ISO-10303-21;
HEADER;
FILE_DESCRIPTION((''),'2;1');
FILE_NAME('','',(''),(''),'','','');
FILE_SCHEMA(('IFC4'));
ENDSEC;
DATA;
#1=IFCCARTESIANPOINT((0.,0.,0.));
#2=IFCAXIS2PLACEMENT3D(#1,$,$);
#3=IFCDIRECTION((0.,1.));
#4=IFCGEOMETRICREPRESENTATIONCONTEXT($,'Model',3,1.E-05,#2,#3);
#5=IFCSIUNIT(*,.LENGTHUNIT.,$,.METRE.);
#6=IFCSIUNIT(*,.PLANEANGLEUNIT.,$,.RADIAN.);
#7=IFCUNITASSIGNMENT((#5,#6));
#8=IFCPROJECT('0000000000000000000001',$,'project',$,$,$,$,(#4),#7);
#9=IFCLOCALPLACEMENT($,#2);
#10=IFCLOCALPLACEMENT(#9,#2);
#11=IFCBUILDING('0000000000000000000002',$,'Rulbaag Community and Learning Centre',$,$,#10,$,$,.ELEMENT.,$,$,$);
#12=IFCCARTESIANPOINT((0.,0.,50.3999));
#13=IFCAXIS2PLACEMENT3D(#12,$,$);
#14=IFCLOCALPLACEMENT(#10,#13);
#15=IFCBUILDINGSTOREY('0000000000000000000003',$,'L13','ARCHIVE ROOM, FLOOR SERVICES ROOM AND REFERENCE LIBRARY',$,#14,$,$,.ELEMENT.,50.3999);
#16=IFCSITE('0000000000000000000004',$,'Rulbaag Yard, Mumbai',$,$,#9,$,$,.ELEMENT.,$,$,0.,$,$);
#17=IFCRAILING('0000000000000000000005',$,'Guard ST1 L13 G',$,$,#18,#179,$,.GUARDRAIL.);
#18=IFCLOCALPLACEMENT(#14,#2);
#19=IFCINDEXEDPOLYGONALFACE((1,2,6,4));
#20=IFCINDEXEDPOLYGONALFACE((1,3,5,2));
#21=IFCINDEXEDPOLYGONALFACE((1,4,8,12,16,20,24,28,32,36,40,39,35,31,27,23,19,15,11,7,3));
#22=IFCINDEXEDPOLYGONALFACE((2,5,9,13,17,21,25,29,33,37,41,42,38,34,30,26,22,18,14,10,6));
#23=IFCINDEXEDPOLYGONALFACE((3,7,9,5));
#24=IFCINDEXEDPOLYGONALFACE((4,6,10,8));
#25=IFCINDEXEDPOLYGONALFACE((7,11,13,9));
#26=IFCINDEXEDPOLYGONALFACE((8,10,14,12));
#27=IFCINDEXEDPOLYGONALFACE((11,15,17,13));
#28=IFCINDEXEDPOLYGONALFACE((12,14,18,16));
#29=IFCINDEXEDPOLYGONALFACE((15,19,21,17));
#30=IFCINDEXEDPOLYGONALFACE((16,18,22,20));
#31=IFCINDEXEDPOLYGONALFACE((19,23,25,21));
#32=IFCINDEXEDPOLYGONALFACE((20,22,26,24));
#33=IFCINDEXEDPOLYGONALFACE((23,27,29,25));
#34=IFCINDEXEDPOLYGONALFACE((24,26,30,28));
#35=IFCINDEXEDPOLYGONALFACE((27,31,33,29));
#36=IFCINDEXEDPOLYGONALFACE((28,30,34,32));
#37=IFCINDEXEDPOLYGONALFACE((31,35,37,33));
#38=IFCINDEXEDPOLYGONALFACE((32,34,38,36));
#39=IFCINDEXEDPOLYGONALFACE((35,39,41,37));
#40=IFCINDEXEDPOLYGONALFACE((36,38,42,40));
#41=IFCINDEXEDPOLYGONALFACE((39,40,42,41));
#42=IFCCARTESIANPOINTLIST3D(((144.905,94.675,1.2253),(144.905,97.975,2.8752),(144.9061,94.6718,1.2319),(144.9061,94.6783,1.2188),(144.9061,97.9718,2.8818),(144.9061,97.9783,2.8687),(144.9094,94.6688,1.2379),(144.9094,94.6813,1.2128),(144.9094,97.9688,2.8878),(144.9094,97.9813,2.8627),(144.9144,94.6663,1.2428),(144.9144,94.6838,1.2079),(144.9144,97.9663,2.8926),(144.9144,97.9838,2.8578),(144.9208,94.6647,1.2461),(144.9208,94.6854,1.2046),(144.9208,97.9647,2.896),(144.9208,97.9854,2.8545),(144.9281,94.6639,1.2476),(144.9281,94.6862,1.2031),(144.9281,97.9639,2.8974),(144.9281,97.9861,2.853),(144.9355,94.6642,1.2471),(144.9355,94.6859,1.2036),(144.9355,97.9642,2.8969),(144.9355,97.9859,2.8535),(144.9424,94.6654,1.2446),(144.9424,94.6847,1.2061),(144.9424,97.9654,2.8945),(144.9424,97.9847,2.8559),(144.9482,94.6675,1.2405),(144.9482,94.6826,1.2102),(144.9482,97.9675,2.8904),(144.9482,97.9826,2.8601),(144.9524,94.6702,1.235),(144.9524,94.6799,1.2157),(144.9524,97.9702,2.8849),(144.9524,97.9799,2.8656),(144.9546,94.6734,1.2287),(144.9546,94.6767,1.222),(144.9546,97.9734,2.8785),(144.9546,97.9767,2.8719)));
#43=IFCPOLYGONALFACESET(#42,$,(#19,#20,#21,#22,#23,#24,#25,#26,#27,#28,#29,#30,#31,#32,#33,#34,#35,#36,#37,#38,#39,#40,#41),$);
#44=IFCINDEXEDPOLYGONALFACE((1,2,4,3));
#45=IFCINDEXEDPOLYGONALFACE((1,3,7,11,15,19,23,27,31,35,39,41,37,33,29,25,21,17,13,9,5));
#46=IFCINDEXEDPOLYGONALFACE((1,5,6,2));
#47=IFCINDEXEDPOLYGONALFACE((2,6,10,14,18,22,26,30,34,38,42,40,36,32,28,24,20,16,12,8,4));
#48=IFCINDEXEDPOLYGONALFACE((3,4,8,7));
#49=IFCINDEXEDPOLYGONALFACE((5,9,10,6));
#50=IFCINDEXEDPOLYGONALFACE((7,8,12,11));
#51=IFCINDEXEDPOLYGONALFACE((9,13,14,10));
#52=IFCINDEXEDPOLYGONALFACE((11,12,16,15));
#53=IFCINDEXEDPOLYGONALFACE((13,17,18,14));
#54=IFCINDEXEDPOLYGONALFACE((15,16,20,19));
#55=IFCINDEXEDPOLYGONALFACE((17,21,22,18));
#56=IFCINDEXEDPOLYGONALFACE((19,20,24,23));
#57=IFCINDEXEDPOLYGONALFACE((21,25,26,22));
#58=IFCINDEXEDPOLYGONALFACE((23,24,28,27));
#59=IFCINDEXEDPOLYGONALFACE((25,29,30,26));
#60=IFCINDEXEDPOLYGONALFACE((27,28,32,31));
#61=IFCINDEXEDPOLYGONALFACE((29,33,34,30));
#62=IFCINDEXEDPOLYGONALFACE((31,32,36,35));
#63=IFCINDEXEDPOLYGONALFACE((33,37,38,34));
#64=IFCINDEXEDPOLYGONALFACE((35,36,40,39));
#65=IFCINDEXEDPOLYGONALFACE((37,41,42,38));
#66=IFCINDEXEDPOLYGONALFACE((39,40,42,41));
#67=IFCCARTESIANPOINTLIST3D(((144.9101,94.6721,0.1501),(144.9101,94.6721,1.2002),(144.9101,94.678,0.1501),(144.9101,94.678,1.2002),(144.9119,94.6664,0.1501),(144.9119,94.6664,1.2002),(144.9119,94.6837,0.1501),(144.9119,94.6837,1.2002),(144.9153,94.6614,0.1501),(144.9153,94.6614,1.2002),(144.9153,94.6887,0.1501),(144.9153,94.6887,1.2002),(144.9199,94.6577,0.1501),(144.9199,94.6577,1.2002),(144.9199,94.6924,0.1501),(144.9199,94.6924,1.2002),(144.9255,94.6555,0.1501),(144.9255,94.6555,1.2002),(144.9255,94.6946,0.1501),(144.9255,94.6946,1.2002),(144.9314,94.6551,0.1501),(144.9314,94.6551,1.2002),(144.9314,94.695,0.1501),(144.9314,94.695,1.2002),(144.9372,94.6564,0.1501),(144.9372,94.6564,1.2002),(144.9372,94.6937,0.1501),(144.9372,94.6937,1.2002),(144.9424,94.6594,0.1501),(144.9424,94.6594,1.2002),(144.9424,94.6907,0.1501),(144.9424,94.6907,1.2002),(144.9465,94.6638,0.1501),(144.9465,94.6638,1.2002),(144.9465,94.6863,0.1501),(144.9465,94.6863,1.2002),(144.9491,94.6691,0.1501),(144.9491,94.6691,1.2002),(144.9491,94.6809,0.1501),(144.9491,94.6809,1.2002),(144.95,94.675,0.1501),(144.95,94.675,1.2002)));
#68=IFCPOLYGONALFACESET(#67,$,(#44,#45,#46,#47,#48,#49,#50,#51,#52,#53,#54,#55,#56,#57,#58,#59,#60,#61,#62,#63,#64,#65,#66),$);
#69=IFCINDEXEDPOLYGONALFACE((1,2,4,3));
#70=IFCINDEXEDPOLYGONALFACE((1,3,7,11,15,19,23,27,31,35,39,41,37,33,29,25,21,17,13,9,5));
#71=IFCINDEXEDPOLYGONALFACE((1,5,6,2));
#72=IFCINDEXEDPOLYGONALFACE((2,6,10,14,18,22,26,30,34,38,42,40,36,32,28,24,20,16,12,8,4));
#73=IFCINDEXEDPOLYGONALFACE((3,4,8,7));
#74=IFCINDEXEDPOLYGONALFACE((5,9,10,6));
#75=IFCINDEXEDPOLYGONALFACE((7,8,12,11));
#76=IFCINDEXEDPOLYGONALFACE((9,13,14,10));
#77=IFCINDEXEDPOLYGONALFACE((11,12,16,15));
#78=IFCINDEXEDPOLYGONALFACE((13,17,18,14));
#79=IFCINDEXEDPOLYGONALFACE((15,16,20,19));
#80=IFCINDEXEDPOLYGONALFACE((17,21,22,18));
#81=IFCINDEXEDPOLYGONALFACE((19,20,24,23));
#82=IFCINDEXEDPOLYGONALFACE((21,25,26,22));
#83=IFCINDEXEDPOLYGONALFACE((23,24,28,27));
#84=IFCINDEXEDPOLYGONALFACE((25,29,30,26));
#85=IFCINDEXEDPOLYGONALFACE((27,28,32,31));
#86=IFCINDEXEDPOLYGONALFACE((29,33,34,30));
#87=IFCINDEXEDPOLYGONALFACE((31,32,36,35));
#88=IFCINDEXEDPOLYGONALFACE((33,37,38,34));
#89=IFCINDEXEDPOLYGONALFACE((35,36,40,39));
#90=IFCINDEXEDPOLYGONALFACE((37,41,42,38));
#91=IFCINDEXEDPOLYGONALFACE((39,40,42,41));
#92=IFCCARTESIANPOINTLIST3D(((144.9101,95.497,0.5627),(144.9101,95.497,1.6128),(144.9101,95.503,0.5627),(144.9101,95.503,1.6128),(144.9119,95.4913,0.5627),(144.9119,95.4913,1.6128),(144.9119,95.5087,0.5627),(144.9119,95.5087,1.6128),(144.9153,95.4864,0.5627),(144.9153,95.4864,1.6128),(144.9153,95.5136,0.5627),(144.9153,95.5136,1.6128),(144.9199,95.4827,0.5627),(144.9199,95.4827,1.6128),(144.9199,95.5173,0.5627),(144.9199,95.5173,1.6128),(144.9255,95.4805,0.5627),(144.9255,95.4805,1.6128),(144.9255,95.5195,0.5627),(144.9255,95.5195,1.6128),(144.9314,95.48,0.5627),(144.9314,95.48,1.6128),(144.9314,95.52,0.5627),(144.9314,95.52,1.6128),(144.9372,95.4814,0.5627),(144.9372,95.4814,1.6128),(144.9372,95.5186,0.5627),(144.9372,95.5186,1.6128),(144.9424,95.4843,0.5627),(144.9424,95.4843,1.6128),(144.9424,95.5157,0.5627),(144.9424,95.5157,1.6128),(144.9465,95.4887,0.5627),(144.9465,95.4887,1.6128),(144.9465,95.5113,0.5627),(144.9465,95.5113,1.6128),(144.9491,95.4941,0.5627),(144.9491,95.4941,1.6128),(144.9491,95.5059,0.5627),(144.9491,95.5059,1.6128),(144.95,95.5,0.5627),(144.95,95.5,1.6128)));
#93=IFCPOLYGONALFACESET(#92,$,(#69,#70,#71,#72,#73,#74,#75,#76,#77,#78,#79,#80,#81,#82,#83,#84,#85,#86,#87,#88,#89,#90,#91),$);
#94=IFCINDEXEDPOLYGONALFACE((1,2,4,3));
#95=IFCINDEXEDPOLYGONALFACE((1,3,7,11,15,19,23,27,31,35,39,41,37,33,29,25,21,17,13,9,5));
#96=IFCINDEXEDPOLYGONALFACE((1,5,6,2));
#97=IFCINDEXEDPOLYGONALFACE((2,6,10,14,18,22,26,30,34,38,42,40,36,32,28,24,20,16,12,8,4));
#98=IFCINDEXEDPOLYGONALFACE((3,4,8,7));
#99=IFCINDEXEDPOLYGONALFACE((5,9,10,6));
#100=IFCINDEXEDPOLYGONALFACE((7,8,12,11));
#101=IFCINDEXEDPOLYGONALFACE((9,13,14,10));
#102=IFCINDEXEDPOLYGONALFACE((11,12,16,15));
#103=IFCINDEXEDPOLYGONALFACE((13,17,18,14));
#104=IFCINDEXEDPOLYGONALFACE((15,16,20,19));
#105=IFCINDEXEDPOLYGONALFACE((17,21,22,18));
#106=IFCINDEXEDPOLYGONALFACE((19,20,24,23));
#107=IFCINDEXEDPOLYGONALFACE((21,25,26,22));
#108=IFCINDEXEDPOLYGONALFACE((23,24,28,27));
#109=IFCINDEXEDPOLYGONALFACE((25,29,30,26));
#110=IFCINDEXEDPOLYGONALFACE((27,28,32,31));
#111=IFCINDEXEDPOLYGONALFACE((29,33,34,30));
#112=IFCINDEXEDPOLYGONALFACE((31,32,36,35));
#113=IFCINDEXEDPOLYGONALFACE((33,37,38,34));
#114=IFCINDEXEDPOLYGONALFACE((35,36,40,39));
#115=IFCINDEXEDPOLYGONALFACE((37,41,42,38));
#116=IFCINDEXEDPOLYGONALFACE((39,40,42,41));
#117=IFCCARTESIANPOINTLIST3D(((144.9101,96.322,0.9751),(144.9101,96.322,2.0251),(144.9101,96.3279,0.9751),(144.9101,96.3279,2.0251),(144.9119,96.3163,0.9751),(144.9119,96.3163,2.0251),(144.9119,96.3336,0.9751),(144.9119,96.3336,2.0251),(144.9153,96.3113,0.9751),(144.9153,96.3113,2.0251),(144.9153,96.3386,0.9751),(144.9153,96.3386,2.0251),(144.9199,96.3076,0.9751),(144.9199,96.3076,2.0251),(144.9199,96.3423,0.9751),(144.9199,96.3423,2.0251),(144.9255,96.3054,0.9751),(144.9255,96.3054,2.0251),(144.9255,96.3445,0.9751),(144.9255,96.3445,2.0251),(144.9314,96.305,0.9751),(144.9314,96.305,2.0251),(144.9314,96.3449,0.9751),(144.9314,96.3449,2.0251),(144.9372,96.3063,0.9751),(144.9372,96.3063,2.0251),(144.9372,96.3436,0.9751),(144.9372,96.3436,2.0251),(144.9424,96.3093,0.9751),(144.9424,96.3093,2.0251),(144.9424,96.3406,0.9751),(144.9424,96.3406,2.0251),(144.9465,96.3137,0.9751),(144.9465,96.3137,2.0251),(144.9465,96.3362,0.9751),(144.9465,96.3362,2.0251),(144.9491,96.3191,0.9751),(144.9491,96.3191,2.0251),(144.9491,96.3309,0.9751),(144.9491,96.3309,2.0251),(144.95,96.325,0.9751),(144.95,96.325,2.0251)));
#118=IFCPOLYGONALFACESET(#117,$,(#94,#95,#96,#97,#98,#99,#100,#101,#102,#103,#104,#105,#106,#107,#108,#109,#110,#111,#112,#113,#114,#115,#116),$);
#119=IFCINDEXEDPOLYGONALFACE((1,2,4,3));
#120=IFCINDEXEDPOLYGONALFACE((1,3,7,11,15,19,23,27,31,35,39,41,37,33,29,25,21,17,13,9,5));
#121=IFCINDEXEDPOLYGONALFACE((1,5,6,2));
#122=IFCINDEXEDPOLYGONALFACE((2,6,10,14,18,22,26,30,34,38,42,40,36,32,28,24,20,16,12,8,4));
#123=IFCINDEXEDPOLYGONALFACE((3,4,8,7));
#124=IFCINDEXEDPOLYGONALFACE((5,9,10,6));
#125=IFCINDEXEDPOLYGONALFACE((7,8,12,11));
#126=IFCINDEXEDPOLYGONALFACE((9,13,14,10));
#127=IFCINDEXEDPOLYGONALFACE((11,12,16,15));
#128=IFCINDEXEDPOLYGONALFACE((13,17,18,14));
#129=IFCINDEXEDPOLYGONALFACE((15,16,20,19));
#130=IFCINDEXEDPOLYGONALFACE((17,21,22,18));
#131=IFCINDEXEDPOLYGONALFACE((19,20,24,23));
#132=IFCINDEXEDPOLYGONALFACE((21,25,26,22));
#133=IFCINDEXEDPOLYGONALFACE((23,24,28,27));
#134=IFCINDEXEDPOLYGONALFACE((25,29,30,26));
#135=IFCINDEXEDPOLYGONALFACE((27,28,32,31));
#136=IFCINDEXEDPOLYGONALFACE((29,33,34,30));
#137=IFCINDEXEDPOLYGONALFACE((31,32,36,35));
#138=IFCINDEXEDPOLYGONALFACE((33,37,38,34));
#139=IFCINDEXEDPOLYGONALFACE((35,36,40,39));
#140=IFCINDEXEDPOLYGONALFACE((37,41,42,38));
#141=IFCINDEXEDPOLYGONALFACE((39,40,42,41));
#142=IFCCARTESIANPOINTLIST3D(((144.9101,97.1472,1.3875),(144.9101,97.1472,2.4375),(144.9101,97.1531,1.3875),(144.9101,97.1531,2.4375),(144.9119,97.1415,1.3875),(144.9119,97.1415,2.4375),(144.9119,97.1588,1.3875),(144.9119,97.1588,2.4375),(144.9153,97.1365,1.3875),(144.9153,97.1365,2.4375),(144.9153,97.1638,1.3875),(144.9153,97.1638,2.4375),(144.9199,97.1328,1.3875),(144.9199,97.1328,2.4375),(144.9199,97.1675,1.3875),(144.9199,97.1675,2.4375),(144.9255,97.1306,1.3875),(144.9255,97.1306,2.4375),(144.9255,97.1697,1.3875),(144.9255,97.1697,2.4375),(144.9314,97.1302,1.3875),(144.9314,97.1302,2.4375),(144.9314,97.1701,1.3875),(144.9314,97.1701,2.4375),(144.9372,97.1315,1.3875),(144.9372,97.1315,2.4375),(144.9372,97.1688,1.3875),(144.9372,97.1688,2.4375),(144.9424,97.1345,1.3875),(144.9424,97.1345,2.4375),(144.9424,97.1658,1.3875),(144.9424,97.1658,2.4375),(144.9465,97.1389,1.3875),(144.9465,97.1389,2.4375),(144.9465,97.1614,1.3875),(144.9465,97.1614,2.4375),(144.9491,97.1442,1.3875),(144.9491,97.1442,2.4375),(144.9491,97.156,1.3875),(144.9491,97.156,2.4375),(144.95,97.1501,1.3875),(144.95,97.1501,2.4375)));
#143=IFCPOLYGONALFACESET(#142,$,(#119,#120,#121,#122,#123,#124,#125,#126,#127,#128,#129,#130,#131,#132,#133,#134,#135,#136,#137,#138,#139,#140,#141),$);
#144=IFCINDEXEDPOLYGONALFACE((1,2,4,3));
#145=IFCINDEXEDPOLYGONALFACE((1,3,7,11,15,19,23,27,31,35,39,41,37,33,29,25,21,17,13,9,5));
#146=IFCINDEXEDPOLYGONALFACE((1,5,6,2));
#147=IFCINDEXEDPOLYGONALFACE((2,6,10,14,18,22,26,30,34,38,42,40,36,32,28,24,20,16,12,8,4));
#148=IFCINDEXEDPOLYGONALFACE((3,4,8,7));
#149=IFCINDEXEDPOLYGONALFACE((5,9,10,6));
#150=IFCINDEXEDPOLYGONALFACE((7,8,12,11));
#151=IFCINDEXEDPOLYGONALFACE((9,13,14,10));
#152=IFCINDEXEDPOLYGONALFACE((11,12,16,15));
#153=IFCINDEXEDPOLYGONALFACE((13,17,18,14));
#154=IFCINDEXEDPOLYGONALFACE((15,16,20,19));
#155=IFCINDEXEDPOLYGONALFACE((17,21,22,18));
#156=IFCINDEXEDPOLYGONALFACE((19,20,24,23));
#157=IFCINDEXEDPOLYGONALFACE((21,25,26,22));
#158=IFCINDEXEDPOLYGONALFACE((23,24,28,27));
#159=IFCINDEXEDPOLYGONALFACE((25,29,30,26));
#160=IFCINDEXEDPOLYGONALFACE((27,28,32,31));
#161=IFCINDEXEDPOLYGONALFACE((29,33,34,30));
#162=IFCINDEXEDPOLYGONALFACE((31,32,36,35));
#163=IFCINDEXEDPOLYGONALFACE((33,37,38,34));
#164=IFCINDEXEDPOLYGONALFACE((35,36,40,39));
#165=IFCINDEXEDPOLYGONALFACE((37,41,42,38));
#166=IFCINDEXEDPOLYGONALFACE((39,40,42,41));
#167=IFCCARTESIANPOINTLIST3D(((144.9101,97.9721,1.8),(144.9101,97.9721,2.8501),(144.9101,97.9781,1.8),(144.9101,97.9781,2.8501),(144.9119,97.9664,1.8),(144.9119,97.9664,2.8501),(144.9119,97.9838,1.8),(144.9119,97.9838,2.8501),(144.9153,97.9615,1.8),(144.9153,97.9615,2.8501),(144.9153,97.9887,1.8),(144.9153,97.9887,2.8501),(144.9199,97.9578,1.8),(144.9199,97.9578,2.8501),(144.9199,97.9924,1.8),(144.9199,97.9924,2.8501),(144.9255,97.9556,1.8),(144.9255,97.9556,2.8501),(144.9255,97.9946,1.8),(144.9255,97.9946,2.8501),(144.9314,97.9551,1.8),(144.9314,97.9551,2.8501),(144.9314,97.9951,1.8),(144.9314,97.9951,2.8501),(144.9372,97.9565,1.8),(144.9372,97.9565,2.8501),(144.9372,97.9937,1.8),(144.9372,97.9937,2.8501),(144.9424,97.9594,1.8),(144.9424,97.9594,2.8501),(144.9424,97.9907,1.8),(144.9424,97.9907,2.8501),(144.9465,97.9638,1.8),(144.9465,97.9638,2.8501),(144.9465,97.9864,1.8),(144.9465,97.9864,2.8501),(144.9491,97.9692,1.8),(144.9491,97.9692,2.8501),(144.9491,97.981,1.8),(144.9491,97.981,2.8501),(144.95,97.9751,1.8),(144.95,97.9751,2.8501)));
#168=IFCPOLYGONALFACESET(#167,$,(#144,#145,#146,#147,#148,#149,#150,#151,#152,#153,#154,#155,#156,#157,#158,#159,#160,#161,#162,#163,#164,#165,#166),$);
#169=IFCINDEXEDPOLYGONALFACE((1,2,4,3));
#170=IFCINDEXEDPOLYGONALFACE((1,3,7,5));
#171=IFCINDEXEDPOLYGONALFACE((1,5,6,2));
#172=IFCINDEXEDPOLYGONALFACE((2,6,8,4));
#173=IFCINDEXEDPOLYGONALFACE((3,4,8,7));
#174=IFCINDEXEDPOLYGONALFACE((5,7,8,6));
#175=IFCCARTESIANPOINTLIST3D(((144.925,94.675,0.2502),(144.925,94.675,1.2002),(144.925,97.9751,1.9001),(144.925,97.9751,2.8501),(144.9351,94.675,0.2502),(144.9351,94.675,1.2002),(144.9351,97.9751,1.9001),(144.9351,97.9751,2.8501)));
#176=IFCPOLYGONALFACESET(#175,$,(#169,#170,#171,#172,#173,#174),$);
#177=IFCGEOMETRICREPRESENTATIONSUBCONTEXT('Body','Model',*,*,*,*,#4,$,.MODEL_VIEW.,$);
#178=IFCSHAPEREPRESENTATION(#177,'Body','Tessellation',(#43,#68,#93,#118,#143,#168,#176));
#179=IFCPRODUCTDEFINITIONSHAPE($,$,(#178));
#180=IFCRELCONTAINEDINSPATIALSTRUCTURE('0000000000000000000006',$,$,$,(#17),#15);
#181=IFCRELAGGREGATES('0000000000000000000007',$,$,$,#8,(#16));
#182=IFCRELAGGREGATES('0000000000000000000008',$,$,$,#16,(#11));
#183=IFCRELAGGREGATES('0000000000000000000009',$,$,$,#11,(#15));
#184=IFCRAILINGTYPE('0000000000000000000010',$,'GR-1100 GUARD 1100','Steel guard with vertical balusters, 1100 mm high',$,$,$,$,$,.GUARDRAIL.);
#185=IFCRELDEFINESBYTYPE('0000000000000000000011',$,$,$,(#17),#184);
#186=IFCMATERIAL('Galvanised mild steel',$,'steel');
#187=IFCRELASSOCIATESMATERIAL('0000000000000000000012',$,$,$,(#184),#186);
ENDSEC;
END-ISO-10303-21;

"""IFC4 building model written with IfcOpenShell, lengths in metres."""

from ifc_helpers import new_model, si_unit, direction, frame, origin, origin_2d, place, context, subcontext, project, spatial, polyline, circle, outline, extrude, material, type_object, element, save


model = new_model("IFC4")

# Units and contexts
model_context = context("Model", 3, precision=1e-05, world=origin(), true_north=direction((0.0, 1.0)))
body_context = subcontext(model_context, "Body", "Model", "MODEL_VIEW")
ifc_project = project(units=[si_unit("LENGTHUNIT", "METRE"), si_unit("PLANEANGLEUNIT", "RADIAN")], contexts=[model_context])

# Site, building, storey
site_placement = place(None, origin())
site = spatial("IfcSite", under=ifc_project, at=site_placement, Name="Rulbaag Yard, Mumbai", CompositionType="ELEMENT", RefElevation=0.0)
building_placement = place(site_placement, origin())
building = spatial("IfcBuilding", under=site, at=building_placement, Name="Rulbaag Community and Learning Centre", CompositionType="ELEMENT")
storey_placement = place(building_placement, frame((0.0, 0.0, 50.3999)))
storey = spatial("IfcBuildingStorey", under=building, at=storey_placement, Name="L13", Description="ARCHIVE ROOM, FLOOR SERVICES ROOM AND REFERENCE LIBRARY", CompositionType="ELEMENT", Elevation=50.3999)

# Railing
ifc_material_1 = material(Name="Galvanised mild steel", Category="steel")
railing_type_1 = type_object("IfcRailingType", Name="GR-1100 GUARD 1100", Description="Steel guard with vertical balusters, 1100 mm high", PredefinedType="GUARDRAIL", material=ifc_material_1)
railing_1_placement = place(storey_placement, frame((144.9299, 94.675, 0.1501)))
element("IfcRailing", 1, at=railing_1_placement, inside=storey, type_object=railing_type_1, Name="Guard ST1 L13 G", PredefinedType="GUARDRAIL", context=body_context, shape_type="SweptSolid", body=[
    extrude(circle(Radius=0.0249, at=origin_2d()), frame((0.0, 0.0, 1.0752), z_axis=(0.0, 0.89444, 0.447187), x_axis=(-1.0, 0.0, 0.0)), (0.0, 0.0, 1.0), 3.6895),
    extrude(circle(Radius=0.02, at=origin_2d()), origin(), (0.0, 0.0, 1.0), 1.05),
    extrude(circle(Radius=0.02, at=origin_2d()), frame((0.0, 0.825, 0.4126)), (0.0, 0.0, 1.0), 1.05),
    extrude(circle(Radius=0.02, at=origin_2d()), frame((0.0, 1.6499, 0.825)), (0.0, 0.0, 1.0), 1.05),
    extrude(circle(Radius=0.02, at=origin_2d()), frame((0.0, 2.4751, 1.2373)), (0.0, 0.0, 1.0), 1.05),
    extrude(circle(Radius=0.02, at=origin_2d()), frame((0.0, 3.3, 1.6499)), (0.0, 0.0, 1.0), 1.05),
    extrude(outline(polyline([(0.0, 0.0), (3.3, 1.6499), (3.3, 2.5999), (0.0, 0.95), (0.0, 0.0)])), frame((-0.0049, 0.0, 0.1001), z_axis=(1.0, 0.0, 0.0), x_axis=(0.0, 1.0, 0.0)), (0.0, 0.0, 1.0), 0.01),
])

save(model, "model.ifc")
